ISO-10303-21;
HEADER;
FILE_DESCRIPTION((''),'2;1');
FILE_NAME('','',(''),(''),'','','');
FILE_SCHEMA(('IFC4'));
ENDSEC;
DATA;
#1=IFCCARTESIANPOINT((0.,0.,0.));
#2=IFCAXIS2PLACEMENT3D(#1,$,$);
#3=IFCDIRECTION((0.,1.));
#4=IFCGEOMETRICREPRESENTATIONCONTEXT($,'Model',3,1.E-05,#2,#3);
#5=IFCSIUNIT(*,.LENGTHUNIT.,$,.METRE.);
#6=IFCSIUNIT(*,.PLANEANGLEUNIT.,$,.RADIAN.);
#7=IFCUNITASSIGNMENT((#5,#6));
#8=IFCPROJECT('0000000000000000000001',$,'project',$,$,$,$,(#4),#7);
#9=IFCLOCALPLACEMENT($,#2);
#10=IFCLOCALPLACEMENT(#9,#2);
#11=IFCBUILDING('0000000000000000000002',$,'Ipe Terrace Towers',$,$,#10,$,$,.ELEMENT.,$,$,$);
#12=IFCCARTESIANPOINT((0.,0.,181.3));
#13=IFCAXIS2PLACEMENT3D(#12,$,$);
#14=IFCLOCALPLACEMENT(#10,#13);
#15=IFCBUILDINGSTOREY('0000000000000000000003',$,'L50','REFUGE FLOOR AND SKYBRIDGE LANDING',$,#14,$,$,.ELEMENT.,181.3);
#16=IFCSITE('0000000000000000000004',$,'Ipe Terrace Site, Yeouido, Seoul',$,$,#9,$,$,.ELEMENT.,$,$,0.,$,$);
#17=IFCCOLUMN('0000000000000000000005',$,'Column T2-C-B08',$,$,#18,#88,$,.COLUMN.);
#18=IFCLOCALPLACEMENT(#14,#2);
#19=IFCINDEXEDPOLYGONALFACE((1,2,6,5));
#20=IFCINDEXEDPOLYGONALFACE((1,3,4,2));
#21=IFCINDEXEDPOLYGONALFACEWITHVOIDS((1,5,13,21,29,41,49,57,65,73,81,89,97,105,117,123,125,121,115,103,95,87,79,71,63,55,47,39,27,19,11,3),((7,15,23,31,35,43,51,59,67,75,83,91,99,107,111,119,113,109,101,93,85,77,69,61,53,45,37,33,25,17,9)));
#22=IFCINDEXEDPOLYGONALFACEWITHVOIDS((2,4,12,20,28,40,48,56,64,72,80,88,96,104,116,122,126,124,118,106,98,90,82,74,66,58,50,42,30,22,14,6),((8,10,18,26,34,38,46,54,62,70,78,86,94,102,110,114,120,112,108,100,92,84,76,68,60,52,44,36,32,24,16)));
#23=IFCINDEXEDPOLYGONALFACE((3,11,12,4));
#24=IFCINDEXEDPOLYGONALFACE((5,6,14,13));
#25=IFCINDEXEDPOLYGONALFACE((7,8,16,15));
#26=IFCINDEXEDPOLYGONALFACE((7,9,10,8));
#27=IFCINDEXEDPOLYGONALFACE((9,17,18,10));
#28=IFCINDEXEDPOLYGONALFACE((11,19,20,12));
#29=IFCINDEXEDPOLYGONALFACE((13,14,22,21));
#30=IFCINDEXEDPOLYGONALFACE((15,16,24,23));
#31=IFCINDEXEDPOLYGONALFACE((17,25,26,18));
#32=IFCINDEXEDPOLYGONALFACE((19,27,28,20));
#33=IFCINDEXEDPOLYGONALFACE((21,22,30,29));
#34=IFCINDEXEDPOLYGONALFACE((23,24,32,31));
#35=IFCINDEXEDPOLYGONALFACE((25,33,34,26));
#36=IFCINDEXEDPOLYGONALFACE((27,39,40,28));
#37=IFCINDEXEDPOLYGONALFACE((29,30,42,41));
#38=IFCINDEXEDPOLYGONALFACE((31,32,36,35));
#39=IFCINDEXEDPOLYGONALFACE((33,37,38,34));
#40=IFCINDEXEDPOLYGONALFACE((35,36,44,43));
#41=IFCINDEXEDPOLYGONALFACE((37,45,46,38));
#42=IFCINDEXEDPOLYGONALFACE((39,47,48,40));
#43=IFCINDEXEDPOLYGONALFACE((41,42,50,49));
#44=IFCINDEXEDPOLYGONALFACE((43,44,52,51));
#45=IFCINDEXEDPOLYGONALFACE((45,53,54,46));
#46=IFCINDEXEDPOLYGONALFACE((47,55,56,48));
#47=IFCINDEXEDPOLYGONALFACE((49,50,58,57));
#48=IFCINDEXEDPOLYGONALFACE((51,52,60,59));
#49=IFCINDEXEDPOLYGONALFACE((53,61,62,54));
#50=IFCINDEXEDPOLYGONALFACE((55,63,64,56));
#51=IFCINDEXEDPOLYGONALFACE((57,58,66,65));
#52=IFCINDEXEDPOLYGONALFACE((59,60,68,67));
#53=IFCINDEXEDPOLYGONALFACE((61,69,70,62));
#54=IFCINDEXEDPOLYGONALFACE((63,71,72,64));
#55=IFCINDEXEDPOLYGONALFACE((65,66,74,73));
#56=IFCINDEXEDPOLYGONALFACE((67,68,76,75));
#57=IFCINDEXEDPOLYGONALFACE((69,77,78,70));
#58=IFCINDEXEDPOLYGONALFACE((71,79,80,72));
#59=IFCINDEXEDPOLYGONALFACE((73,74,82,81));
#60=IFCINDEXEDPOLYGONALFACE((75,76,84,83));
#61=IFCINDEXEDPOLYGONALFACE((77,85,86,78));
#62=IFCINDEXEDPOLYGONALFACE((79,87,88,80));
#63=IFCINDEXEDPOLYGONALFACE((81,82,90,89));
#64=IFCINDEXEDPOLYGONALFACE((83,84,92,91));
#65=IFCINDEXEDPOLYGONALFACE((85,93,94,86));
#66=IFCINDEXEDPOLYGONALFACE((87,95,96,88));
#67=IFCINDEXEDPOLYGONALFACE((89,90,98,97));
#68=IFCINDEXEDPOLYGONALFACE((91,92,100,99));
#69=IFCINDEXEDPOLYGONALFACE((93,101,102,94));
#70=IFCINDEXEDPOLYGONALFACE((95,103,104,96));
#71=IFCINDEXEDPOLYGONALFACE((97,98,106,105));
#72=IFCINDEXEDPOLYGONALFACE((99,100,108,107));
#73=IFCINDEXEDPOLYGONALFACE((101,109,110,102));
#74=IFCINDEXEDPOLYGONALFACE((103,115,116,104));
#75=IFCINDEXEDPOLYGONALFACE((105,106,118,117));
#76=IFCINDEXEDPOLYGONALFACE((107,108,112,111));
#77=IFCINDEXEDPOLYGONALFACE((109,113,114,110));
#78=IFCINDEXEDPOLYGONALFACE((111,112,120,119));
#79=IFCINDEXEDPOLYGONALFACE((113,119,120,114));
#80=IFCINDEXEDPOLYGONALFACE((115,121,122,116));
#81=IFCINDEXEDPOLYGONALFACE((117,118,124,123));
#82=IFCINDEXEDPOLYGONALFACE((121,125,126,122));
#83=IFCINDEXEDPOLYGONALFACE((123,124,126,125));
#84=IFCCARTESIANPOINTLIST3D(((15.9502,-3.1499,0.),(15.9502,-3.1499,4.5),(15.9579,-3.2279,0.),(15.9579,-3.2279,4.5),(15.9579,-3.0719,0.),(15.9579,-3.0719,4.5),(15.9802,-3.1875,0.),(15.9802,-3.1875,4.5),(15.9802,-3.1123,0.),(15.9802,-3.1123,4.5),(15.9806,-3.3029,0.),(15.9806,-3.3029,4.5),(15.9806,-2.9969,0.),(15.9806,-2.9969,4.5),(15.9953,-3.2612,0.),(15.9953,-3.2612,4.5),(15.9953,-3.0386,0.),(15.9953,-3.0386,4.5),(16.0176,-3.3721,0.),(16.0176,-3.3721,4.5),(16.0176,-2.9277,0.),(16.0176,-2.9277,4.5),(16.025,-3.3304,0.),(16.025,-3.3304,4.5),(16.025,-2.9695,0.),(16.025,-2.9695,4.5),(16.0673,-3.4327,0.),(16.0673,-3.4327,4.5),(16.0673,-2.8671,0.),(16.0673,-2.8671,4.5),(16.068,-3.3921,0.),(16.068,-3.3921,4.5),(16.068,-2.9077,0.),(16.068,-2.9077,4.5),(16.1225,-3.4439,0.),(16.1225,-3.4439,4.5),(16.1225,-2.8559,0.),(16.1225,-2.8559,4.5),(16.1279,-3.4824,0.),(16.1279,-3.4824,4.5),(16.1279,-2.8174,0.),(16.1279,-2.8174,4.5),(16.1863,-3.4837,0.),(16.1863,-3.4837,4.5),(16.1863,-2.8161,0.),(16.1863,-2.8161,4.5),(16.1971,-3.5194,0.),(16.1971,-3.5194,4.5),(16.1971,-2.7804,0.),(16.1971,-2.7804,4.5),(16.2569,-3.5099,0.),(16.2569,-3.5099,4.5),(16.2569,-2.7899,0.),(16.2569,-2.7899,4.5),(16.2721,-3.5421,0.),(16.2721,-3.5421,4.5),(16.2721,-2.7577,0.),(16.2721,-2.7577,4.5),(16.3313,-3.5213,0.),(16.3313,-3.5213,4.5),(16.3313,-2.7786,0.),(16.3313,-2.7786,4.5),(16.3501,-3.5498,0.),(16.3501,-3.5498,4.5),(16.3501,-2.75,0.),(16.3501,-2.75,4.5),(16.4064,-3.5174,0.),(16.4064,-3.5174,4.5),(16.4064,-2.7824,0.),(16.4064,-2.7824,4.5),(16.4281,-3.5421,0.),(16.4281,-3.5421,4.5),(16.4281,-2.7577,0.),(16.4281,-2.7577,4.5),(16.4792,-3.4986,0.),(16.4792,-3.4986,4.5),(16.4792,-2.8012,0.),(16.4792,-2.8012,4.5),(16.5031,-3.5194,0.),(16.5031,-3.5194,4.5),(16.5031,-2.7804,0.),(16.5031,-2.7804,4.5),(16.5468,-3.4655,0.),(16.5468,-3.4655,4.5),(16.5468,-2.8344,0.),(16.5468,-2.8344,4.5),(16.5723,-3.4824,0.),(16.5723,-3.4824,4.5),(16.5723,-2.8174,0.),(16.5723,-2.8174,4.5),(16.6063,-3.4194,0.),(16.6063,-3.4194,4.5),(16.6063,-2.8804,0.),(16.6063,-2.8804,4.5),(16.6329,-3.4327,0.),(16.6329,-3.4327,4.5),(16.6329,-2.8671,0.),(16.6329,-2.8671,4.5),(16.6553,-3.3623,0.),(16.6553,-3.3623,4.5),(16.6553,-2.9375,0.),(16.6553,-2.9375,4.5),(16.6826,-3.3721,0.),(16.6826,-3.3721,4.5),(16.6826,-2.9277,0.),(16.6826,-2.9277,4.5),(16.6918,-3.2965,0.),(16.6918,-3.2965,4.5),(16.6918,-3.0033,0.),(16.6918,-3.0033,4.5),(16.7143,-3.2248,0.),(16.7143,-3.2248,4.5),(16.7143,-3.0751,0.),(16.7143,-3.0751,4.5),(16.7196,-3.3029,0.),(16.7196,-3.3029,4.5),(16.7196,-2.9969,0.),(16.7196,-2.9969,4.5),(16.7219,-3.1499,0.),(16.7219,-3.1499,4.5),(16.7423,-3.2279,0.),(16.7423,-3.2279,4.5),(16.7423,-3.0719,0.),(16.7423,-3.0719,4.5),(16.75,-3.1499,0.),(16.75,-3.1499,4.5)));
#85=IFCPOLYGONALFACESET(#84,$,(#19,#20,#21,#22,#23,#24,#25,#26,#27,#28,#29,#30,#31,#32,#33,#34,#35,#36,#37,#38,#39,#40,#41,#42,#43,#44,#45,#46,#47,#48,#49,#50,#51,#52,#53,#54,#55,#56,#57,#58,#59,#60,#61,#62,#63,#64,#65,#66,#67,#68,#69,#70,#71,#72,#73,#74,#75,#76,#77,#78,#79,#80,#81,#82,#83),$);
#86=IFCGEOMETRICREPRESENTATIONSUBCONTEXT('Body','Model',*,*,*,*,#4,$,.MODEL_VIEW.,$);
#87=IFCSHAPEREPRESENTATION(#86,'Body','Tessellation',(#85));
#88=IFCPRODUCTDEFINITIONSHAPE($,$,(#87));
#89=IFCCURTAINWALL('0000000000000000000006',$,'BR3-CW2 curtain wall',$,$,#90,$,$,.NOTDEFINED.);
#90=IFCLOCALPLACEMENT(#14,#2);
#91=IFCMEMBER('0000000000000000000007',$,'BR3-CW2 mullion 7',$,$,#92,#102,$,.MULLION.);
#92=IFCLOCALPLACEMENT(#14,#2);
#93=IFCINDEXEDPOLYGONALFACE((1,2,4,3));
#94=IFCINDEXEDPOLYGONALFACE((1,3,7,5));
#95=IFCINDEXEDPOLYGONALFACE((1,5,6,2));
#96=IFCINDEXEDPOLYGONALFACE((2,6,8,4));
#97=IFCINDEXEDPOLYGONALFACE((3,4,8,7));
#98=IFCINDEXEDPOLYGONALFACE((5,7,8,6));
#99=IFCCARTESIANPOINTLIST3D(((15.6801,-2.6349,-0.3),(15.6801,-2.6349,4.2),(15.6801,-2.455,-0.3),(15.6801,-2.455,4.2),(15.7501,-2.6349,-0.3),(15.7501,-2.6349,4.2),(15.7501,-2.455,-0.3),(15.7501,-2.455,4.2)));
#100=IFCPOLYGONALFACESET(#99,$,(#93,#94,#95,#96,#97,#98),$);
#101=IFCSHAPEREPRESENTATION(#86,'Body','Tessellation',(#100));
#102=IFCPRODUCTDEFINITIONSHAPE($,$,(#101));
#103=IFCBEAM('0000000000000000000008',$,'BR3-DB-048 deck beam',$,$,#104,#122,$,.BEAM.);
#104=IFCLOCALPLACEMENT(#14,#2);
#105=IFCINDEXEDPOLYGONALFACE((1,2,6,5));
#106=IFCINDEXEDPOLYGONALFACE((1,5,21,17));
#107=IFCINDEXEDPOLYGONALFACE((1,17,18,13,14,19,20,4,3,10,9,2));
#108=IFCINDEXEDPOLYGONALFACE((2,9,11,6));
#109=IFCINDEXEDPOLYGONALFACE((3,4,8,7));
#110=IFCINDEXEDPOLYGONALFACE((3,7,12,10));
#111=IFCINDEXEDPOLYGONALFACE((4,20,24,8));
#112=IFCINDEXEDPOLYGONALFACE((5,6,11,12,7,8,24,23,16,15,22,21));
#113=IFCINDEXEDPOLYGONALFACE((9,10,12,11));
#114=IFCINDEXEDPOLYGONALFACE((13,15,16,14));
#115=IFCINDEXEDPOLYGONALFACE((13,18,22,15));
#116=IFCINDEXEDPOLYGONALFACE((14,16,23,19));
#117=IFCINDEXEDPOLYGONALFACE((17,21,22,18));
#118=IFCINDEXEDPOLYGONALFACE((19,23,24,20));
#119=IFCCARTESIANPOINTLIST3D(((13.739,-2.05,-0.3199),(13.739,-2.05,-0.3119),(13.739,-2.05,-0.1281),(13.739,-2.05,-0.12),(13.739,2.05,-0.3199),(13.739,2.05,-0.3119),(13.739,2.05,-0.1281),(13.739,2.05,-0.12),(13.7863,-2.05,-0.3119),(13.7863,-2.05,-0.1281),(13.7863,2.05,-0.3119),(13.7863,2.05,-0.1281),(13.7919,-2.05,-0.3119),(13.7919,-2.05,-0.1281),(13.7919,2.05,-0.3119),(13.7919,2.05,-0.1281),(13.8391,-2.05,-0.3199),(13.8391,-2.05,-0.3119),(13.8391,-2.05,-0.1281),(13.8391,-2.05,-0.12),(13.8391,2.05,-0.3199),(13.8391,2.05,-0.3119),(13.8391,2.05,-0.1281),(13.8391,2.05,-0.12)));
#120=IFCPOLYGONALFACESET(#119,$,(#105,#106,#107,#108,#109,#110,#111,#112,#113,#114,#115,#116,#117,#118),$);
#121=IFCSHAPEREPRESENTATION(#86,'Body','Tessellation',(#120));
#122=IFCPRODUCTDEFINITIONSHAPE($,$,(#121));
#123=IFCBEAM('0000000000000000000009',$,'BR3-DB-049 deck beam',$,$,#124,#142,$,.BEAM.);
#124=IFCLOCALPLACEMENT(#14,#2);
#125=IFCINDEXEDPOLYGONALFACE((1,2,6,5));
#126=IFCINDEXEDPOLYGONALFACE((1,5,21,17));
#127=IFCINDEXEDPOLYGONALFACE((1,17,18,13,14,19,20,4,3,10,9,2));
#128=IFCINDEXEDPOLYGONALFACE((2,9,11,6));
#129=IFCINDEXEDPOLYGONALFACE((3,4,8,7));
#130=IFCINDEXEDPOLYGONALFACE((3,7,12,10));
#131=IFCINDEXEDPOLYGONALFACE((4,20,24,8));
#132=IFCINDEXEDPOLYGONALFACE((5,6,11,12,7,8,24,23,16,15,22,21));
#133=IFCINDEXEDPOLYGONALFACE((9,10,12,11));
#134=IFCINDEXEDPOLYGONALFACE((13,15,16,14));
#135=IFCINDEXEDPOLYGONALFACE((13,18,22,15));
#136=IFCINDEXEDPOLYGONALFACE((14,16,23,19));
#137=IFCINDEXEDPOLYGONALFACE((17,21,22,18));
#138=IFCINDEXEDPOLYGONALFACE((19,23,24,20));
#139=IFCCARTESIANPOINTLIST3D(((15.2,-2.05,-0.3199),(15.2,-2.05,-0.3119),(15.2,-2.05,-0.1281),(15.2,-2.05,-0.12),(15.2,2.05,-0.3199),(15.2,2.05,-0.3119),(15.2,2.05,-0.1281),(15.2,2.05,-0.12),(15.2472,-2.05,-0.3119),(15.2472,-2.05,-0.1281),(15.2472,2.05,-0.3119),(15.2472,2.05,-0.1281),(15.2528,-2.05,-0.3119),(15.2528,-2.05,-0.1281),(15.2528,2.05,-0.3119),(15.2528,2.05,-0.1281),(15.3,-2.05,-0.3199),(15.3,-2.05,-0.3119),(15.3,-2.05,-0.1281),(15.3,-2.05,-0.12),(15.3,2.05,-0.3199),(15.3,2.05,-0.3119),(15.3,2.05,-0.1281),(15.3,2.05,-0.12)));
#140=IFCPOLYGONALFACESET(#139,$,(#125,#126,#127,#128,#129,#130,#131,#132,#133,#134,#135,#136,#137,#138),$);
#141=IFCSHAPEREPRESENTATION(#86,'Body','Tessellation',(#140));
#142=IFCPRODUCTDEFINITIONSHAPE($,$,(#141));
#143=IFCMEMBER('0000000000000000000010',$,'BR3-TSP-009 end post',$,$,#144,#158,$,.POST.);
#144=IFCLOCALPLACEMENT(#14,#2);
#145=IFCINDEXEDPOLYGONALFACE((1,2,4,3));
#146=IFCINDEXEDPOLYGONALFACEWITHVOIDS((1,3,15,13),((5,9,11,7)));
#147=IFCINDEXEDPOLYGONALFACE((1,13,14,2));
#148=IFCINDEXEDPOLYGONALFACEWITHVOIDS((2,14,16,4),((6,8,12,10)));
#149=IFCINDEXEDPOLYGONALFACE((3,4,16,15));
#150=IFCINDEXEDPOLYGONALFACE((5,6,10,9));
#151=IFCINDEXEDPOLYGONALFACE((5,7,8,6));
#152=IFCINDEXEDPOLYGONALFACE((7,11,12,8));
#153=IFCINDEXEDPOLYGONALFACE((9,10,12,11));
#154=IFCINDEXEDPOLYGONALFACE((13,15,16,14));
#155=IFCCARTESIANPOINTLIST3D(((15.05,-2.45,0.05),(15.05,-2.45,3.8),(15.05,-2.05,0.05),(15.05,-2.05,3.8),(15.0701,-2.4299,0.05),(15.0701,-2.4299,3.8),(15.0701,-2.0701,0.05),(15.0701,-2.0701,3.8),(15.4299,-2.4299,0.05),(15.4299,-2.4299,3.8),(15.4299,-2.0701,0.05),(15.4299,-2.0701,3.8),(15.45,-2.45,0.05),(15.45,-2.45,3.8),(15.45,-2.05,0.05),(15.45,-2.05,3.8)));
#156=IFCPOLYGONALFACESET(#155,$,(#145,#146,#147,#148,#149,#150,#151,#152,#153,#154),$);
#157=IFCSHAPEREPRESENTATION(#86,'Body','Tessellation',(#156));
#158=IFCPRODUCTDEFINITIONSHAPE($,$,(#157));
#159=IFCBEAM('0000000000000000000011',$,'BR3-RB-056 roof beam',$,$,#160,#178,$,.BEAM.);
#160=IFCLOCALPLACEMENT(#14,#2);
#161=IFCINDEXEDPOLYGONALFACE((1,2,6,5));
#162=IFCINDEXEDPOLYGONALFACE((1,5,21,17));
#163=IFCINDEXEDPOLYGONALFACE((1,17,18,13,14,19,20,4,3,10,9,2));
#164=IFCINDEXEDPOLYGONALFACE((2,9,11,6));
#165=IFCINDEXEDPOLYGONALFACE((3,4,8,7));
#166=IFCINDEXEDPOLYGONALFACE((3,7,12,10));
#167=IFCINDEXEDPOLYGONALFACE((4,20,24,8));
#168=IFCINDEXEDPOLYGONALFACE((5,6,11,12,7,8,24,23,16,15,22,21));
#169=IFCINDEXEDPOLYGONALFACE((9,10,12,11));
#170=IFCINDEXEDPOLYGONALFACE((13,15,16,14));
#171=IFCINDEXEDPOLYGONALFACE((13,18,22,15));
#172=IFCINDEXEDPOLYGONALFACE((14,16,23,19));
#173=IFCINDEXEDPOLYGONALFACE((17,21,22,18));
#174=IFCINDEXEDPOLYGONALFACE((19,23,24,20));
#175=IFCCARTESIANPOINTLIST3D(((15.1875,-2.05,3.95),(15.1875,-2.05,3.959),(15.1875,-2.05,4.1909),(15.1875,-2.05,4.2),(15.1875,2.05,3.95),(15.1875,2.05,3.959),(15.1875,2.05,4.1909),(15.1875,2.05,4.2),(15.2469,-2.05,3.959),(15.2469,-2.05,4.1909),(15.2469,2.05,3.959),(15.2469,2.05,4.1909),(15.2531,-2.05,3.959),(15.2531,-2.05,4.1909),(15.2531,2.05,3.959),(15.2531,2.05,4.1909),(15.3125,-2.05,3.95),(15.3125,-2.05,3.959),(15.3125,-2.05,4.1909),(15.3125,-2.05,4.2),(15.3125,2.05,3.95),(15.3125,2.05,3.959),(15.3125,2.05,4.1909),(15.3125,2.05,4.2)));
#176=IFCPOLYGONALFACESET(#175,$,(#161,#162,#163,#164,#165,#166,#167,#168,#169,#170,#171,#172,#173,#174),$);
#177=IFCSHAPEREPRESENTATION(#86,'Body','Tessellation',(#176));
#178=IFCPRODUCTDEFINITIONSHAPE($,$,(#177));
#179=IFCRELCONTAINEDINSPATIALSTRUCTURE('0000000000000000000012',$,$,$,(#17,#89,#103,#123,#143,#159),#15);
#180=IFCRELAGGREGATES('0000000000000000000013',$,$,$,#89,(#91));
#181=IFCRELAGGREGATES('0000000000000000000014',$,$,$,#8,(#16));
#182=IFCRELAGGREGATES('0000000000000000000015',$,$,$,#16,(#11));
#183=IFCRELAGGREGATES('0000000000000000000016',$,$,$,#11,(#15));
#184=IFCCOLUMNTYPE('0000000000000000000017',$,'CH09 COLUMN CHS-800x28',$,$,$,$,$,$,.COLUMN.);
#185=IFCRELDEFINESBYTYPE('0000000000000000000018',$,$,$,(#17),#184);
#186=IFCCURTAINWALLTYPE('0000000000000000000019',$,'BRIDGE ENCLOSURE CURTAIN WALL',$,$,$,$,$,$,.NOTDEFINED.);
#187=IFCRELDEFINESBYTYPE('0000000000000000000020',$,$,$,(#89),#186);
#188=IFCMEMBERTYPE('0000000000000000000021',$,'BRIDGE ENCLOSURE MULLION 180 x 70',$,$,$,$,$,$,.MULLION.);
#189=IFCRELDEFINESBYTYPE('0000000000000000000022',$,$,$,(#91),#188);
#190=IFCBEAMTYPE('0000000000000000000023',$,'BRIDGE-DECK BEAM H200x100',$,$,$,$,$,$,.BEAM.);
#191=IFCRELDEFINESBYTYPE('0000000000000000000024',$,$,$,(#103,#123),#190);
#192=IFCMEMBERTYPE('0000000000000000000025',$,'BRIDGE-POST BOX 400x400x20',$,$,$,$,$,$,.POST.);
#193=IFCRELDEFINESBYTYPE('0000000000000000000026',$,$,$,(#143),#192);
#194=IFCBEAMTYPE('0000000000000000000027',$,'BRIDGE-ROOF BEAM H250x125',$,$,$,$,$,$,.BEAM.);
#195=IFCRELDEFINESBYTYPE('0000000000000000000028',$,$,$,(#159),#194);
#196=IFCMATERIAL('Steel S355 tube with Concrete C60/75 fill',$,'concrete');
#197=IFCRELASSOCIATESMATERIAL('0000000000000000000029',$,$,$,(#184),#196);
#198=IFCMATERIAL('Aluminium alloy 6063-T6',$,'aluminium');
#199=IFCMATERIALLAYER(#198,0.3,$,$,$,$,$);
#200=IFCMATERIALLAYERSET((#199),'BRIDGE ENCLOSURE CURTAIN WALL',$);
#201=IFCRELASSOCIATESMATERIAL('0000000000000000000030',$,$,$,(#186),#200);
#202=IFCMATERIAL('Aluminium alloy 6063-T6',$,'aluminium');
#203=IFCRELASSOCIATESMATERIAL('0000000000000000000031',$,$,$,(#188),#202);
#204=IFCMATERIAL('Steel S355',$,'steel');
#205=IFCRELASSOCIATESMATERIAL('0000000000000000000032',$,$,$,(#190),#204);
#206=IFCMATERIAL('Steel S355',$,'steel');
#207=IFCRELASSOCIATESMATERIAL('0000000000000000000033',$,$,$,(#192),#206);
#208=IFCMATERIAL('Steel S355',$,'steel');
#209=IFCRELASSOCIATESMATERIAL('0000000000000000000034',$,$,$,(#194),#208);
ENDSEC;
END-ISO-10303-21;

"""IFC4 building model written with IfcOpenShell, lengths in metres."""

from ifc_helpers import new_model, si_unit, direction, frame, origin, origin_2d, place, context, subcontext, project, spatial, rectangle, hollow_rectangle, hollow_circle, i_section, extrude, material, layer, layer_set, material_profile, profile_set, type_object, element, aggregate, save


model = new_model("IFC4")

# Units and contexts
model_context = context("Model", 3, precision=1e-05, world=origin(), true_north=direction((0.0, 1.0)))
body_context = subcontext(model_context, "Body", "Model", "MODEL_VIEW")
ifc_project = project(units=[si_unit("LENGTHUNIT", "METRE"), si_unit("PLANEANGLEUNIT", "RADIAN")], contexts=[model_context])

# Site, building, storey
site_placement = place(None, origin())
site = spatial("IfcSite", under=ifc_project, at=site_placement, Name="Ipe Terrace Site, Yeouido, Seoul", CompositionType="ELEMENT", RefElevation=0.0)
building_placement = place(site_placement, origin())
building = spatial("IfcBuilding", under=site, at=building_placement, Name="Ipe Terrace Towers", CompositionType="ELEMENT")
storey_placement = place(building_placement, frame((0.0, 0.0, 181.3)))
storey = spatial("IfcBuildingStorey", under=building, at=storey_placement, Name="L50", Description="REFUGE FLOOR AND SKYBRIDGE LANDING", CompositionType="ELEMENT", Elevation=181.3)

# Column
ifc_material_1 = material(Name="Steel S355 tube with Concrete C60/75 fill", Category="concrete")
ifc_material_profile_1 = material_profile(ifc_material_1, hollow_circle(Radius=0.3999, WallThickness=0.0281, at=origin_2d()), Name="CHS-800x28")
ifc_profile_set_1 = profile_set([ifc_material_profile_1], Name="Steel S355 tube with Concrete C60/75 fill")
column_type = type_object("IfcColumnType", Name="CH09 COLUMN CHS-800x28", PredefinedType="COLUMN", material=ifc_profile_set_1)
for number, where, z_axis, x_axis, name in (
    (1, (16.3501, -3.1499, 0.0), (0.0, 0.0, 1.0), (1.0, 0.0, 0.0), "Column T2-C-B08"),
):
    element("IfcColumn", number, at=place(storey_placement, frame(where, z_axis=z_axis, x_axis=x_axis)), inside=storey, type_object=column_type, Name=name, PredefinedType="COLUMN", context=body_context, shape_type="SweptSolid", body=[
        extrude(hollow_circle(Radius=0.3999, WallThickness=0.0281, at=origin_2d()), origin(), (0.0, 0.0, 1.0), 4.5),
    ])

# Curtain wall, member
ifc_material_2 = material(Name="Aluminium alloy 6063-T6", Category="aluminium")
ifc_layer_1 = layer(ifc_material_2, 0.3)
ifc_layer_set_1 = layer_set([ifc_layer_1], Name="BRIDGE ENCLOSURE CURTAIN WALL")
curtain_wall_type_1 = type_object("IfcCurtainWallType", Name="BRIDGE ENCLOSURE CURTAIN WALL", PredefinedType="NOTDEFINED", material=ifc_layer_set_1)
curtain_wall_1_placement = place(storey_placement, origin())
curtain_wall_1 = element("IfcCurtainWall", 2, at=curtain_wall_1_placement, inside=storey, type_object=curtain_wall_type_1, Name="BR3-CW2 curtain wall", PredefinedType="NOTDEFINED")
ifc_material_3 = material(Name="Aluminium alloy 6063-T6", Category="aluminium")
ifc_material_profile_2 = material_profile(ifc_material_3, rectangle(XDim=0.1799, YDim=0.0701, at=origin_2d()), Name="BRIDGE ENCLOSURE MULLION 180 x 70")
ifc_profile_set_2 = profile_set([ifc_material_profile_2], Name="Aluminium alloy 6063-T6")
member_type_1 = type_object("IfcMemberType", Name="BRIDGE ENCLOSURE MULLION 180 x 70", PredefinedType="MULLION", material=ifc_profile_set_2)
member_1_placement = place(storey_placement, frame((15.7151, -2.5449, -0.3), z_axis=(0.0, 0.0, 1.0), x_axis=(0.0, -1.0, 0.0)))
member_1 = element("IfcMember", 3, at=member_1_placement, type_object=member_type_1, Name="BR3-CW2 mullion 7", PredefinedType="MULLION", context=body_context, shape_type="SweptSolid", body=[
    extrude(rectangle(XDim=0.1799, YDim=0.0701, at=origin_2d()), origin(), (0.0, 0.0, 1.0), 4.5),
])
aggregate(curtain_wall_1, [member_1])

# Beams
ifc_material_4 = material(Name="Steel S355", Category="steel")
ifc_material_profile_3 = material_profile(ifc_material_4, i_section(OverallWidth=0.1001, OverallDepth=0.2, WebThickness=0.0056, FlangeThickness=0.0081, at=origin_2d()), Name="H200x100")
ifc_profile_set_3 = profile_set([ifc_material_profile_3], Name="Steel S355")
beam_type_1 = type_object("IfcBeamType", Name="BRIDGE-DECK BEAM H200x100", PredefinedType="BEAM", material=ifc_profile_set_3)
for number, where, z_axis, x_axis, name in (
    (4, (13.7891, -2.05, -0.22), (0.0, 1.0, 0.0), (-1.0, 0.0, 0.0), "BR3-DB-048 deck beam"),
    (5, (15.25, -2.05, -0.22), (0.0, 1.0, 0.0), (-1.0, 0.0, 0.0), "BR3-DB-049 deck beam"),
):
    element("IfcBeam", number, at=place(storey_placement, frame(where, z_axis=z_axis, x_axis=x_axis)), inside=storey, type_object=beam_type_1, Name=name, PredefinedType="BEAM", context=body_context, shape_type="SweptSolid", body=[
        extrude(i_section(OverallWidth=0.1001, OverallDepth=0.2, WebThickness=0.0056, FlangeThickness=0.0081, at=origin_2d()), origin(), (0.0, 0.0, 1.0), 4.1001),
    ])

# Member
ifc_material_5 = material(Name="Steel S355", Category="steel")
ifc_material_profile_4 = material_profile(ifc_material_5, hollow_rectangle(XDim=0.3999, YDim=0.3999, WallThickness=0.02, at=origin_2d()), Name="BRIDGE-POST BOX 400x400x20")
ifc_profile_set_4 = profile_set([ifc_material_profile_4], Name="Steel S355")
member_type_2 = type_object("IfcMemberType", Name="BRIDGE-POST BOX 400x400x20", PredefinedType="POST", material=ifc_profile_set_4)
member_2_placement = place(storey_placement, frame((15.25, -2.25, 0.05), z_axis=(0.0, 0.0, 1.0), x_axis=(1.0, 0.0, 0.0)))
element("IfcMember", 6, at=member_2_placement, inside=storey, type_object=member_type_2, Name="BR3-TSP-009 end post", PredefinedType="POST", context=body_context, shape_type="SweptSolid", body=[
    extrude(hollow_rectangle(XDim=0.3999, YDim=0.3999, WallThickness=0.02, at=origin_2d()), origin(), (0.0, 0.0, 1.0), 3.75),
])

# Beam
ifc_material_6 = material(Name="Steel S355", Category="steel")
ifc_material_profile_5 = material_profile(ifc_material_6, i_section(OverallWidth=0.125, OverallDepth=0.25, WebThickness=0.0061, FlangeThickness=0.009, at=origin_2d()), Name="H250x125")
ifc_profile_set_5 = profile_set([ifc_material_profile_5], Name="Steel S355")
beam_type_2 = type_object("IfcBeamType", Name="BRIDGE-ROOF BEAM H250x125", PredefinedType="BEAM", material=ifc_profile_set_5)
beam_1_placement = place(storey_placement, frame((15.25, -2.05, 4.075), z_axis=(0.0, 1.0, 0.0), x_axis=(-1.0, 0.0, 0.0)))
element("IfcBeam", 7, at=beam_1_placement, inside=storey, type_object=beam_type_2, Name="BR3-RB-056 roof beam", PredefinedType="BEAM", context=body_context, shape_type="SweptSolid", body=[
    extrude(i_section(OverallWidth=0.125, OverallDepth=0.25, WebThickness=0.0061, FlangeThickness=0.009, at=origin_2d()), origin(), (0.0, 0.0, 1.0), 4.1001),
])

save(model, "model.ifc")
